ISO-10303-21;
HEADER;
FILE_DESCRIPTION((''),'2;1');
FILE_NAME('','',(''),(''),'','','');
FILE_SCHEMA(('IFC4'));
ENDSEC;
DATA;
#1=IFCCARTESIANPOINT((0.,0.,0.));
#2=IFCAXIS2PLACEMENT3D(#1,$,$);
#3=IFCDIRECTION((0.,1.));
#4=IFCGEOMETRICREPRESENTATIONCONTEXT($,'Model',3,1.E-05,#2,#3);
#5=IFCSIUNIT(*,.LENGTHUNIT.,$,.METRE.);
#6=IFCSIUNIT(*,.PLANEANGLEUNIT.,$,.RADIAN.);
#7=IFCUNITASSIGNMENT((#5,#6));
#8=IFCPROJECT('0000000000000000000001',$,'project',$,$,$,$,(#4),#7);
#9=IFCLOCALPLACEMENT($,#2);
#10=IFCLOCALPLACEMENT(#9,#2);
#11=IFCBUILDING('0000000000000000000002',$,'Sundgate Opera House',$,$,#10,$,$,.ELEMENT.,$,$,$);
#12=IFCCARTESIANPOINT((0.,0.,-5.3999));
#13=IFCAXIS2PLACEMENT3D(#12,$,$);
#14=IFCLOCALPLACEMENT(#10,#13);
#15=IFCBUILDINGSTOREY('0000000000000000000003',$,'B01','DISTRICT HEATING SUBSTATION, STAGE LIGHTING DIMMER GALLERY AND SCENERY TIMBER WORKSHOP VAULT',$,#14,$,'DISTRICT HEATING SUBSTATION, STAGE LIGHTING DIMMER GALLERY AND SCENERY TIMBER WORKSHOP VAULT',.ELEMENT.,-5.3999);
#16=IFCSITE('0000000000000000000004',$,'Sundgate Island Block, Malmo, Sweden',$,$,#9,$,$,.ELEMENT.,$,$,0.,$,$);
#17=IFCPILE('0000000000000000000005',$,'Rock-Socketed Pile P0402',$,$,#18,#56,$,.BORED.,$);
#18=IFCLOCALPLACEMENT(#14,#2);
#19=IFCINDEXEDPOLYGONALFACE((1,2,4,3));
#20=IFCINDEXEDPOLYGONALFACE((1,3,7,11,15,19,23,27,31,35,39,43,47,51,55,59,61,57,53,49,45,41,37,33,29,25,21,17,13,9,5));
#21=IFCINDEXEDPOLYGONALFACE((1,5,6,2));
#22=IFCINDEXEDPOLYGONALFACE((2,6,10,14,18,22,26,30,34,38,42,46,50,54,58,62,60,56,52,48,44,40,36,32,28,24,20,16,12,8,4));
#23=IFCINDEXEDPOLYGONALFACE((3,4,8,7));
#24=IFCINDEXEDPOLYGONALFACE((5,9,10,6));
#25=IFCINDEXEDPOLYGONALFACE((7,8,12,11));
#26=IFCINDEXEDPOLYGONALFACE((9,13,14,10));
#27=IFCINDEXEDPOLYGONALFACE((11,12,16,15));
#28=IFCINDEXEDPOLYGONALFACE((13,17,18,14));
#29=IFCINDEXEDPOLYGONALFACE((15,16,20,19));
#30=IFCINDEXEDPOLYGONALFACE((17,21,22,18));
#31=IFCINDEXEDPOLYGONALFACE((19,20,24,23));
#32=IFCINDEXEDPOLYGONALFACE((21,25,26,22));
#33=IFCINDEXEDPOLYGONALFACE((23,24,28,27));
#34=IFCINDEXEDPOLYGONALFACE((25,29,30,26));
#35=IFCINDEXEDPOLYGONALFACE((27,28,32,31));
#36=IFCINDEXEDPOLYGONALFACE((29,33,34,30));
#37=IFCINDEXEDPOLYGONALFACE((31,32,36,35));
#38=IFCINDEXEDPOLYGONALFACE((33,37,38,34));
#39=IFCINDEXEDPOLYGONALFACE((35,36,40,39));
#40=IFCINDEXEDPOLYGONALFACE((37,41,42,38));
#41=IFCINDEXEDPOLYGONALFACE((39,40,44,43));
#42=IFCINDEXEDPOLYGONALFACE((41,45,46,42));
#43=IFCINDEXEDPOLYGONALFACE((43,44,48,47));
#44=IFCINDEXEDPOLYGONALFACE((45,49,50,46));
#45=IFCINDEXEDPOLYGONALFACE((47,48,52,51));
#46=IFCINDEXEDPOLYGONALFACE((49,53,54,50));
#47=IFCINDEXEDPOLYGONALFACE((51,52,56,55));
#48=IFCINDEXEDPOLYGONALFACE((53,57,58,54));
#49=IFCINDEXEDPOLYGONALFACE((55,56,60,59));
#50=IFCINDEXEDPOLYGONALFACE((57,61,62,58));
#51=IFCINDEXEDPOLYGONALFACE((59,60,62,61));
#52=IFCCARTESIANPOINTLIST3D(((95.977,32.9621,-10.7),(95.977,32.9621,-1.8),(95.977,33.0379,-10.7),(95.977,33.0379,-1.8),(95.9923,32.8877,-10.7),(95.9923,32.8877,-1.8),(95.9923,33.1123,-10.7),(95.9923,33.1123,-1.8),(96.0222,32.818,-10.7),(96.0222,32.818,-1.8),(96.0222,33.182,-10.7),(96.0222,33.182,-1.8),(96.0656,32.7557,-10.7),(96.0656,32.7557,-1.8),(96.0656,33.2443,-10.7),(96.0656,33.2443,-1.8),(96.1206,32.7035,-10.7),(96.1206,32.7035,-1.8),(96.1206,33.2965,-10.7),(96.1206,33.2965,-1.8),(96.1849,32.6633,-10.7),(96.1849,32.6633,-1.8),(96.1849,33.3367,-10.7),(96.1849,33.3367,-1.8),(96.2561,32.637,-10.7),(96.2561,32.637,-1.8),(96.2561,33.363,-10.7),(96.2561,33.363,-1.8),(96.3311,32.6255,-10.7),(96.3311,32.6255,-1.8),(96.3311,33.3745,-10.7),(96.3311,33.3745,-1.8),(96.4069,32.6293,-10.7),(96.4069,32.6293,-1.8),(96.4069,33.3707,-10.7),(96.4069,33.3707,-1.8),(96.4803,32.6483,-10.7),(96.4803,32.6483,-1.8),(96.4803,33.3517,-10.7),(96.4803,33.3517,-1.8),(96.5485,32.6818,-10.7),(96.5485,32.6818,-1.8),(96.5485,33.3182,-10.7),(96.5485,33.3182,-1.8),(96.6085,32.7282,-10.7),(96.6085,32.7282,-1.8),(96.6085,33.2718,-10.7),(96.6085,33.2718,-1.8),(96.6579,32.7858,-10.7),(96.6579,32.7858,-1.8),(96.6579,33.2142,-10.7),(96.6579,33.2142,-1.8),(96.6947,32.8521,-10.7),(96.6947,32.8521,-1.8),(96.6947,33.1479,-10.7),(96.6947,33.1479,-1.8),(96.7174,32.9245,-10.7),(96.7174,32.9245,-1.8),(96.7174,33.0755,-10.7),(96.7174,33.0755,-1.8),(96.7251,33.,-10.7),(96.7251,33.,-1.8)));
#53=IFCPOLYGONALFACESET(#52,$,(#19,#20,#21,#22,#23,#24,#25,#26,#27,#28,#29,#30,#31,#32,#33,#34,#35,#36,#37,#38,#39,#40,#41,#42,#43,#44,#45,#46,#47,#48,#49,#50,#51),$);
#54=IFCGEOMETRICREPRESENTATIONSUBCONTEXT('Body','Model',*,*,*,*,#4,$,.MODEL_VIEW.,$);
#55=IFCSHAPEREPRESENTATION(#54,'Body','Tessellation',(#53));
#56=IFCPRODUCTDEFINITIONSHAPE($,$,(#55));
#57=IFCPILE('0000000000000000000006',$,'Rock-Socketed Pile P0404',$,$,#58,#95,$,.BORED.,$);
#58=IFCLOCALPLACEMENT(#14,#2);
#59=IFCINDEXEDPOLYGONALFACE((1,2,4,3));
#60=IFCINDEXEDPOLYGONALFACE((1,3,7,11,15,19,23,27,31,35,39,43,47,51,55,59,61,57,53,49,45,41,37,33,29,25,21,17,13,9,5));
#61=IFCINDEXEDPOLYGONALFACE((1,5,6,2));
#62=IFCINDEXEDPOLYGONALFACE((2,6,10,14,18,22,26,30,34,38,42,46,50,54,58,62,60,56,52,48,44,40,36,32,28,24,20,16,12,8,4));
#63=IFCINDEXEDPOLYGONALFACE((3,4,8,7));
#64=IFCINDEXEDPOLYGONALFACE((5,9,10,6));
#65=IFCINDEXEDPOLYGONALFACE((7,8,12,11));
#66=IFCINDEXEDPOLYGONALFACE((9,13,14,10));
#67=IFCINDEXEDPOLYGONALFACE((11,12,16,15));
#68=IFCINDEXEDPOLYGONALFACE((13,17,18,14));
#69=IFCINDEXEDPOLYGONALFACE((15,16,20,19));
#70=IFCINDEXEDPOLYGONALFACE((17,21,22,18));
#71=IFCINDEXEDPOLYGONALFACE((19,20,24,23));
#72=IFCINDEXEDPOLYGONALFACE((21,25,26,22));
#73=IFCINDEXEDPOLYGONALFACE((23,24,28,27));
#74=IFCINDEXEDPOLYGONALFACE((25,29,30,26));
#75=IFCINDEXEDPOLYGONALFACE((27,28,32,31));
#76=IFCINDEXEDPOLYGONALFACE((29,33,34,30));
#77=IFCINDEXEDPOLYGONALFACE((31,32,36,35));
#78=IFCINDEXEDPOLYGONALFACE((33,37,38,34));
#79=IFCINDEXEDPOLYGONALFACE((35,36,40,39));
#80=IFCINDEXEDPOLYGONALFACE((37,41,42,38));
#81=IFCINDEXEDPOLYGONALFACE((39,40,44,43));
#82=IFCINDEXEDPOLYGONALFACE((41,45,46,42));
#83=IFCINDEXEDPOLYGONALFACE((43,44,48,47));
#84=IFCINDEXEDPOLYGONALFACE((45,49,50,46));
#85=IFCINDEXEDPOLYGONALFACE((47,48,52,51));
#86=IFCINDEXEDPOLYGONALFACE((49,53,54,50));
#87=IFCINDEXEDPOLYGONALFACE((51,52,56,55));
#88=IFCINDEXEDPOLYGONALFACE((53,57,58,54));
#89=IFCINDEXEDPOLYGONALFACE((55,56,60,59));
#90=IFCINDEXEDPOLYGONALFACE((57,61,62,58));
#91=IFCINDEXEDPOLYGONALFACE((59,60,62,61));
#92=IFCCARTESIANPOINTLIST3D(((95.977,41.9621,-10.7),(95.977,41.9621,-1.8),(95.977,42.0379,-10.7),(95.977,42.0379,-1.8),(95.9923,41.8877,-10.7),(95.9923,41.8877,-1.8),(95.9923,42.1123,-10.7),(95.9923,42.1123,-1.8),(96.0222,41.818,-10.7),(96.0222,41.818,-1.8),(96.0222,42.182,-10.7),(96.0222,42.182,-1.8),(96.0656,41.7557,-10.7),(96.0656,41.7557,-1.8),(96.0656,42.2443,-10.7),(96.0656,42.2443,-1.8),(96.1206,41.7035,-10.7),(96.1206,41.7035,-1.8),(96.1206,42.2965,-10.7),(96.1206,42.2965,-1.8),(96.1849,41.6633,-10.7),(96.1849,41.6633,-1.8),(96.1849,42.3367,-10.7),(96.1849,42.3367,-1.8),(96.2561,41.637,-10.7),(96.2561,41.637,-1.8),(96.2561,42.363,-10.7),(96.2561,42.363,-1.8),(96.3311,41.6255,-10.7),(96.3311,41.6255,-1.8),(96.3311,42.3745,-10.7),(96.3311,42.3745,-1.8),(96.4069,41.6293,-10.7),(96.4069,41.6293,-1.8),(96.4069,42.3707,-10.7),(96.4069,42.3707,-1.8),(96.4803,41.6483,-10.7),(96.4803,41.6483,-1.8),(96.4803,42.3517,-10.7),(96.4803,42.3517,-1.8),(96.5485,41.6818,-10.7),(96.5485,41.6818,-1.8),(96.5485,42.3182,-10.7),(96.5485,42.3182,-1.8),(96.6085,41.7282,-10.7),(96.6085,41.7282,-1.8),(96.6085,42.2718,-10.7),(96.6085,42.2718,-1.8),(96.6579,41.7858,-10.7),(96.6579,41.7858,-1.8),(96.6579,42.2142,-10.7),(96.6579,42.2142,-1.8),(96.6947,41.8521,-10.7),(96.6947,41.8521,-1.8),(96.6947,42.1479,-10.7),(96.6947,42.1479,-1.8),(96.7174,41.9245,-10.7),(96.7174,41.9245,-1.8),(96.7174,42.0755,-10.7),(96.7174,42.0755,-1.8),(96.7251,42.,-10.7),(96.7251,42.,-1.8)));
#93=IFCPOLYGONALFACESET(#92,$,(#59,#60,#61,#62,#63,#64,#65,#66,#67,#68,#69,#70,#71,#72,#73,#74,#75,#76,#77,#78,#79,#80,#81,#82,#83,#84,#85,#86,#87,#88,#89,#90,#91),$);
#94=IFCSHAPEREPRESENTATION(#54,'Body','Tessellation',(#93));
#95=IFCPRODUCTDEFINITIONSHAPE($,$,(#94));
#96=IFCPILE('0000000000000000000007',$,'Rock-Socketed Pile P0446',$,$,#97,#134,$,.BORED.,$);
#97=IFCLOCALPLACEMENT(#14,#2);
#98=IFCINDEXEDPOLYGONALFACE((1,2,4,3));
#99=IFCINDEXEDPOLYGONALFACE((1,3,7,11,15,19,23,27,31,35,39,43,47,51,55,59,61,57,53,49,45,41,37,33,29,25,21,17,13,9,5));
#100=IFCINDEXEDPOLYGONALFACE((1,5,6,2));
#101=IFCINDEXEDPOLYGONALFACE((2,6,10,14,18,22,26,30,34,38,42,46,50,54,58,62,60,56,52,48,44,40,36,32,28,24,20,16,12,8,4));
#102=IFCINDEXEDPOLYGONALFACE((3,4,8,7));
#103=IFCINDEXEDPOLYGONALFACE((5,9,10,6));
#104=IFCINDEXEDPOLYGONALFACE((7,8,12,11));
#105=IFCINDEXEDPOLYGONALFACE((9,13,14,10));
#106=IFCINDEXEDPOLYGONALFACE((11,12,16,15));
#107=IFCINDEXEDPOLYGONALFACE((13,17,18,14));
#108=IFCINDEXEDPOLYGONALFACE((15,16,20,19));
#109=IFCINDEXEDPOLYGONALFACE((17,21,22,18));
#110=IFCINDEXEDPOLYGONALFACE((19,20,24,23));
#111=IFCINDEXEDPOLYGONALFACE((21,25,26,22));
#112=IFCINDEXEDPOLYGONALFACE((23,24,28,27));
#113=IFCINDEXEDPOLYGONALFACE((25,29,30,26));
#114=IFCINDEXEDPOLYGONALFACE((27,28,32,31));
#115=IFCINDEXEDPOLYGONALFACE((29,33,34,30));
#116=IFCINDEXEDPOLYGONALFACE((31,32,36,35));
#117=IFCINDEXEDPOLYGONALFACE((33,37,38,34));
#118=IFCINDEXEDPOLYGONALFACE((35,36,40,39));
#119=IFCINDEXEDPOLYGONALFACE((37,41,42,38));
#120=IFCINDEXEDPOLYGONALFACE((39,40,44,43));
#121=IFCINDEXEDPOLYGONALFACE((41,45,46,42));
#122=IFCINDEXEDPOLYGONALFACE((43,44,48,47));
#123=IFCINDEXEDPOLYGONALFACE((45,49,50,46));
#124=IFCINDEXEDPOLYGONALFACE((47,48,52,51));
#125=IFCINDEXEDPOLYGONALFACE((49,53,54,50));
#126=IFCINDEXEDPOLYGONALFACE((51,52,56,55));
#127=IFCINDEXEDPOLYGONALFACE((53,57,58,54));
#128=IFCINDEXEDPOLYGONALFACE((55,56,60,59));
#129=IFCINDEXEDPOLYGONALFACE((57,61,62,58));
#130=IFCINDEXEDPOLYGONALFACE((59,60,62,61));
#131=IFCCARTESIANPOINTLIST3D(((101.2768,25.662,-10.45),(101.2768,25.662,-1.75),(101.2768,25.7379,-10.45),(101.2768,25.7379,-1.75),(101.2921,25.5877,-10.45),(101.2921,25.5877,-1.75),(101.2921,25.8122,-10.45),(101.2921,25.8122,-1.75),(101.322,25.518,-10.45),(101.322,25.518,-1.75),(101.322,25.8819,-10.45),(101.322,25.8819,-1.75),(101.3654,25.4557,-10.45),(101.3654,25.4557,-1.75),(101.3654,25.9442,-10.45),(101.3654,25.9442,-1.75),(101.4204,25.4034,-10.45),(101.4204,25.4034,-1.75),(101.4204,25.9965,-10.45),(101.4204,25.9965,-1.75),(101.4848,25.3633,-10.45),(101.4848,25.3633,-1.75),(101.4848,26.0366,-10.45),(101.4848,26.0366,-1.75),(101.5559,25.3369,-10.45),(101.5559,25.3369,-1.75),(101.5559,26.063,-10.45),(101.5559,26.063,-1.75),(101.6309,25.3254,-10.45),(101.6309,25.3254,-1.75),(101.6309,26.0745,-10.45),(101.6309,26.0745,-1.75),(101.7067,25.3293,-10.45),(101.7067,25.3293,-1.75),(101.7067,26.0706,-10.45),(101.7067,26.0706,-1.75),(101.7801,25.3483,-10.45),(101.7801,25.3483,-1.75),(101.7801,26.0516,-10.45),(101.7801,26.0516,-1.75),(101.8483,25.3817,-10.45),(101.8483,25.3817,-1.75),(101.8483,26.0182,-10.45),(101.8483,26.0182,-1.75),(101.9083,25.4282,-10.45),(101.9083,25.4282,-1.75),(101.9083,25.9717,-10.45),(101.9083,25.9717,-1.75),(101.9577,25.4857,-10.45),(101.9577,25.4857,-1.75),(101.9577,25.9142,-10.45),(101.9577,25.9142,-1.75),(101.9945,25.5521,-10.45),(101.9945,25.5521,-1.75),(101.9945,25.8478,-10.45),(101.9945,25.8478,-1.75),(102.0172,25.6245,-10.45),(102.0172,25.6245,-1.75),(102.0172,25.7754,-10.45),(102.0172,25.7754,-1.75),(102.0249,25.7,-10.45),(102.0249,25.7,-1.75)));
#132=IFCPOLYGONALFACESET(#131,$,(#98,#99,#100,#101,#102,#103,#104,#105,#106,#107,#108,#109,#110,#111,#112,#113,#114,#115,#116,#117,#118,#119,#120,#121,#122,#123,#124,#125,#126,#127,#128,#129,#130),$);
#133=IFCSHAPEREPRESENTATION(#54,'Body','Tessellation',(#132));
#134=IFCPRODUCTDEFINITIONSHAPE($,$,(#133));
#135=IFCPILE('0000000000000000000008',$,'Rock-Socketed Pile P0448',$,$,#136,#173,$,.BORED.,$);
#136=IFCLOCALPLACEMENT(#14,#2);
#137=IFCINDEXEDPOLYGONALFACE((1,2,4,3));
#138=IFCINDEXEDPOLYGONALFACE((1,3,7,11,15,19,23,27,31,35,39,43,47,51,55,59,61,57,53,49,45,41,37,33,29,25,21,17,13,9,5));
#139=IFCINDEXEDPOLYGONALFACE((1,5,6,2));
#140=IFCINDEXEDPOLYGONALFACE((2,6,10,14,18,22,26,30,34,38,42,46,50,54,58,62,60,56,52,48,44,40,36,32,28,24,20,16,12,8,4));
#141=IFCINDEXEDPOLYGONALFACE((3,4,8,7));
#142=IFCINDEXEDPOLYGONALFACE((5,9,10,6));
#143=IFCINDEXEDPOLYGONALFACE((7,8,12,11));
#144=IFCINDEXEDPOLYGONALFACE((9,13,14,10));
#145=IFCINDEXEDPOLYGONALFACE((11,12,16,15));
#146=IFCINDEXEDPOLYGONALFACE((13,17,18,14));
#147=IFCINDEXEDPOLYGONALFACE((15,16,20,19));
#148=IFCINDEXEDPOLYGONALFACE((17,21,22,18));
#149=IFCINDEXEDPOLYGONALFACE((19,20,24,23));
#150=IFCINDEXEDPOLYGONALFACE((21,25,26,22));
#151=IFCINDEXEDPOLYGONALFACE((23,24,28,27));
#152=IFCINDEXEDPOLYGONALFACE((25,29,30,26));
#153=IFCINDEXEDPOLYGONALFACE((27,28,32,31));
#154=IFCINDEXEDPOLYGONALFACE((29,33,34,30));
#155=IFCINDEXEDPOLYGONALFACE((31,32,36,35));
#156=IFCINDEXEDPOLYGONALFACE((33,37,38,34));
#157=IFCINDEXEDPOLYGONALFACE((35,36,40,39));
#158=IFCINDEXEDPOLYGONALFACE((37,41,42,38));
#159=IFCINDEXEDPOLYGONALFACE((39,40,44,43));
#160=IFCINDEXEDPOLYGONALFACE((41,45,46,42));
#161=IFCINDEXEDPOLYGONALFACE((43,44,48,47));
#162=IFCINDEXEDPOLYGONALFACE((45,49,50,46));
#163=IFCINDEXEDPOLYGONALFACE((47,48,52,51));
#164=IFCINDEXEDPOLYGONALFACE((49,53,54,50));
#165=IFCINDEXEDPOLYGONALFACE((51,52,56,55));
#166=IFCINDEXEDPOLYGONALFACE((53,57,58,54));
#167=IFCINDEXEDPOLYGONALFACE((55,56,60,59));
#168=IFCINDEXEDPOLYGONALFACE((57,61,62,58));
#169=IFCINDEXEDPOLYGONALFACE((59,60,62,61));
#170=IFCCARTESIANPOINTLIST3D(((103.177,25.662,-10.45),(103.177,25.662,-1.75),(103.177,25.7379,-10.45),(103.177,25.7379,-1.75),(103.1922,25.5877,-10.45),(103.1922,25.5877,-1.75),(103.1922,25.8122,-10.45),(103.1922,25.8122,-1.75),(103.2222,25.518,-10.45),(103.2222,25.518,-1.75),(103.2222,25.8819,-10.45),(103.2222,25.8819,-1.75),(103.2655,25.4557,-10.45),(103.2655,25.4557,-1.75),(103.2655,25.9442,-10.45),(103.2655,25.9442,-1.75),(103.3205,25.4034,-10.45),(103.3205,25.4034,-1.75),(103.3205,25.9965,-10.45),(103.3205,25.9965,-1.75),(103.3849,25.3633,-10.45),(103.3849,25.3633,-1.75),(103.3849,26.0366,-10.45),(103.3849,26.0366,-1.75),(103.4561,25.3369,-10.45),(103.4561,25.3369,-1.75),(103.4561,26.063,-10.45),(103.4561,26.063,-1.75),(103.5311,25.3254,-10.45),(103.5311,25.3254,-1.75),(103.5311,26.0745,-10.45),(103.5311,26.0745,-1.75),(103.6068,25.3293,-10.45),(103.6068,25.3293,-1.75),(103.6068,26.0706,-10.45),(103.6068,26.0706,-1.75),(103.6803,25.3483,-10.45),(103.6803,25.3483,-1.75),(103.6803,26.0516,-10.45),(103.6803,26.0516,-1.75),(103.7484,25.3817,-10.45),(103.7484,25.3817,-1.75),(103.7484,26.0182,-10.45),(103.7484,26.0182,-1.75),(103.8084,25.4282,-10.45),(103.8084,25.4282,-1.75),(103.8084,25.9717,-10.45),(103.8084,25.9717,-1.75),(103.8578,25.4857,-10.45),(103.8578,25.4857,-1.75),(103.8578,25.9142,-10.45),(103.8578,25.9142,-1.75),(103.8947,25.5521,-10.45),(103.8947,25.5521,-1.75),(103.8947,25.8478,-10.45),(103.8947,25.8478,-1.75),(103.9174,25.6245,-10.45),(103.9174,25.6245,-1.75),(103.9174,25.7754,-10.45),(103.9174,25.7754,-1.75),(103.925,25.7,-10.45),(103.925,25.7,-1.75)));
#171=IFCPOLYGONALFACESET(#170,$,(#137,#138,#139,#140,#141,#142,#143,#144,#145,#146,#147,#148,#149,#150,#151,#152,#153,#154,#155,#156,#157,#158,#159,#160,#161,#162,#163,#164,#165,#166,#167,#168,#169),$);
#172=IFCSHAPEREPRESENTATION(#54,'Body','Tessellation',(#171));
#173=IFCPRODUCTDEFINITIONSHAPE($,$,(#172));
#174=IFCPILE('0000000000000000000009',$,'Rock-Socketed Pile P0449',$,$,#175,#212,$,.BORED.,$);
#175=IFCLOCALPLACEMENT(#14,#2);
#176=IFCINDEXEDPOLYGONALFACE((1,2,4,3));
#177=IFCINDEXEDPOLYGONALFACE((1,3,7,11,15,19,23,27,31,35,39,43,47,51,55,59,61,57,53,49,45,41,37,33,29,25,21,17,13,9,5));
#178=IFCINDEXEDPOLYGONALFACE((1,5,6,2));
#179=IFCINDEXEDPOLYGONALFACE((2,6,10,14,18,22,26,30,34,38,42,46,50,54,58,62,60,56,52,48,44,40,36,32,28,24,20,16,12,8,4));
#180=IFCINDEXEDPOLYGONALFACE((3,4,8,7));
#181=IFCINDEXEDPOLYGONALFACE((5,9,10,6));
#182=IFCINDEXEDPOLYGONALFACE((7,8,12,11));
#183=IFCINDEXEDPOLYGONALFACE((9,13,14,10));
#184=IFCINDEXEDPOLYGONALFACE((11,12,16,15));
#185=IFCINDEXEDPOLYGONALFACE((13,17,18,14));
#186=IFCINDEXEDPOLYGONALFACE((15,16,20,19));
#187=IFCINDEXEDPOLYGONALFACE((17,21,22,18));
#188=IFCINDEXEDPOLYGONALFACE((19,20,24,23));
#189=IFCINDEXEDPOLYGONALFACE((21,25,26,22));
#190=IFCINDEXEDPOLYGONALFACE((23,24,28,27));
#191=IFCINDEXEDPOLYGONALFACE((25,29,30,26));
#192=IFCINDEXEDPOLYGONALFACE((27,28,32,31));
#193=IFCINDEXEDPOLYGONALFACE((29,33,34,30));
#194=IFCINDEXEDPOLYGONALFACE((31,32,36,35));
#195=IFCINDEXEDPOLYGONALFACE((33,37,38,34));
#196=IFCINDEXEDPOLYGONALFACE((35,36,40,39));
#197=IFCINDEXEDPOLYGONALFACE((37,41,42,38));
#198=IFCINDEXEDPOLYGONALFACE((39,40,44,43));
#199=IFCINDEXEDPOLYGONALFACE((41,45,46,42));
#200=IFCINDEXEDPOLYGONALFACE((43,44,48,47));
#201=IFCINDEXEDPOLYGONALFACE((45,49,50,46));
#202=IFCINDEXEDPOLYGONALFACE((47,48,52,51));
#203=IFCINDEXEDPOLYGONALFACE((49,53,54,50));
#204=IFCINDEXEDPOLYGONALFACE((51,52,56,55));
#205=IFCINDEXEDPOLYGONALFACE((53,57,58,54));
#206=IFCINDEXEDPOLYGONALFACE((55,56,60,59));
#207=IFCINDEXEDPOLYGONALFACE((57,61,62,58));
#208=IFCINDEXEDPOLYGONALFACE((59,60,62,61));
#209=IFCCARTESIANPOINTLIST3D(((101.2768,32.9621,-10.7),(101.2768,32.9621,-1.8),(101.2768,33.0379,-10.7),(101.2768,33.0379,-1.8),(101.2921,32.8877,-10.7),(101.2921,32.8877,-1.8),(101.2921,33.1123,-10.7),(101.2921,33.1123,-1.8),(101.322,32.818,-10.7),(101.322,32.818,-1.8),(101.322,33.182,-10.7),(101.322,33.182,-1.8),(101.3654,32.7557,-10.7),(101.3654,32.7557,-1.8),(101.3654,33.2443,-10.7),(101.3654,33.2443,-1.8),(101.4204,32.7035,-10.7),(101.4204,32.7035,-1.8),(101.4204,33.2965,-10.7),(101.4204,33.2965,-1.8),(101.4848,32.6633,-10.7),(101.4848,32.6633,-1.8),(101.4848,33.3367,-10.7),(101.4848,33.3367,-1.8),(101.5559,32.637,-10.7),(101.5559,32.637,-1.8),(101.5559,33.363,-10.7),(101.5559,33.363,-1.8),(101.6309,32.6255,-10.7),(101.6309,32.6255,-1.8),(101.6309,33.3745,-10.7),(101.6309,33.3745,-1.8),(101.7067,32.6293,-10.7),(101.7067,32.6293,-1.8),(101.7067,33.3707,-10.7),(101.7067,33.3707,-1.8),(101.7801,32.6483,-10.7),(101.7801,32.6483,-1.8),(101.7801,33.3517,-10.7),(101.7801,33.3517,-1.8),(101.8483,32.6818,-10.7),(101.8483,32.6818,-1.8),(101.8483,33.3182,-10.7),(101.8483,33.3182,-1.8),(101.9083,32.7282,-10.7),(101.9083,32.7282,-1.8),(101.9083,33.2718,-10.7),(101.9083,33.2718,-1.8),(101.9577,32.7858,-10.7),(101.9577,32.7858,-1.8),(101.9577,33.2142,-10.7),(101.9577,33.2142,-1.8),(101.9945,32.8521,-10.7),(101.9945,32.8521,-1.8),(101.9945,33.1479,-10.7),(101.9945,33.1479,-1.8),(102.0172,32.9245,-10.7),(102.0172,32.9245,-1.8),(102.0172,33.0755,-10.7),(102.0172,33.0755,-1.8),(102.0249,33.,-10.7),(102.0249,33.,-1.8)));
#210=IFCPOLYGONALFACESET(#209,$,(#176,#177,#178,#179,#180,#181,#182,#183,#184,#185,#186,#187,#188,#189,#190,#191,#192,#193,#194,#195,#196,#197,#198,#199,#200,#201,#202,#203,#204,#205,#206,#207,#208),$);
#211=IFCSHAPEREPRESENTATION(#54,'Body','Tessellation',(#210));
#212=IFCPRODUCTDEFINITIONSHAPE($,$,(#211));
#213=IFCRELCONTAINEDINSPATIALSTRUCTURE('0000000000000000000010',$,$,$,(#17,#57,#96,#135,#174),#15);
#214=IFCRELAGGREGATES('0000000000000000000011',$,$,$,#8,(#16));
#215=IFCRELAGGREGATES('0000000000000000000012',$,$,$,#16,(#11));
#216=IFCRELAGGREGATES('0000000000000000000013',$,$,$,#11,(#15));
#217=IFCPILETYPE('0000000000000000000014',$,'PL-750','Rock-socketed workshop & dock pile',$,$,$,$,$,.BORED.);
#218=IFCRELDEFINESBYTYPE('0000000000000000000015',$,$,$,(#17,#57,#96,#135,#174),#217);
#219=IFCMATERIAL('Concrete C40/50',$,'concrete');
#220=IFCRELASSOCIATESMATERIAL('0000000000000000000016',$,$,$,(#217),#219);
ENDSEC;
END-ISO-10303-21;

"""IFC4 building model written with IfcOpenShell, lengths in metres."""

from ifc_helpers import new_model, si_unit, direction, frame, origin, origin_2d, place, context, subcontext, project, spatial, circle, extrude, material, material_profile, profile_set, type_object, element, save


model = new_model("IFC4")

# Units and contexts
model_context = context("Model", 3, precision=1e-05, world=origin(), true_north=direction((0.0, 1.0)))
body_context = subcontext(model_context, "Body", "Model", "MODEL_VIEW")
ifc_project = project(units=[si_unit("LENGTHUNIT", "METRE"), si_unit("PLANEANGLEUNIT", "RADIAN")], contexts=[model_context])

# Site, building, storey
site_placement = place(None, origin())
site = spatial("IfcSite", under=ifc_project, at=site_placement, Name="Sundgate Island Block, Malmo, Sweden", CompositionType="ELEMENT", RefElevation=0.0)
building_placement = place(site_placement, origin())
building = spatial("IfcBuilding", under=site, at=building_placement, Name="Sundgate Opera House", CompositionType="ELEMENT")
storey_placement = place(building_placement, frame((0.0, 0.0, -5.3999)))
storey = spatial("IfcBuildingStorey", under=building, at=storey_placement, Name="B01", Description="DISTRICT HEATING SUBSTATION, STAGE LIGHTING DIMMER GALLERY AND SCENERY TIMBER WORKSHOP VAULT", LongName="DISTRICT HEATING SUBSTATION, STAGE LIGHTING DIMMER GALLERY AND SCENERY TIMBER WORKSHOP VAULT", CompositionType="ELEMENT", Elevation=-5.3999)

# Piles
ifc_material_1 = material(Name="Concrete C40/50", Category="concrete")
ifc_material_profile_1 = material_profile(ifc_material_1, circle(Radius=0.375, at=origin_2d()), Name="PILE D750")
ifc_profile_set_1 = profile_set([ifc_material_profile_1], Name="Concrete C40/50")
pile_type = type_object("IfcPileType", Name="PL-750", Description="Rock-socketed workshop & dock pile", PredefinedType="BORED", material=ifc_profile_set_1)
for number, where, z_axis, x_axis, name in (
    (1, (96.3501, 33.0, -1.8), (0.0, 0.0, -1.0), (1.0, 0.0, 0.0), "Rock-Socketed Pile P0402"),
    (2, (96.3501, 42.0, -1.8), (0.0, 0.0, -1.0), (1.0, 0.0, 0.0), "Rock-Socketed Pile P0404"),
):
    element("IfcPile", number, at=place(storey_placement, frame(where, z_axis=z_axis, x_axis=x_axis)), inside=storey, type_object=pile_type, Name=name, PredefinedType="BORED", context=body_context, shape_type="SweptSolid", body=[
        extrude(circle(Radius=0.375, at=origin_2d()), origin(), (0.0, 0.0, 1.0), 8.8999),
    ])
for number, where, z_axis, x_axis, name in (
    (3, (101.6499, 25.7, -1.75), (0.0, 0.0, -1.0), (1.0, 0.0, 0.0), "Rock-Socketed Pile P0446"),
    (4, (103.55, 25.7, -1.75), (0.0, 0.0, -1.0), (1.0, 0.0, 0.0), "Rock-Socketed Pile P0448"),
):
    element("IfcPile", number, at=place(storey_placement, frame(where, z_axis=z_axis, x_axis=x_axis)), inside=storey, type_object=pile_type, Name=name, PredefinedType="BORED", context=body_context, shape_type="SweptSolid", body=[
        extrude(circle(Radius=0.375, at=origin_2d()), origin(), (0.0, 0.0, 1.0), 8.7),
    ])
for number, where, z_axis, x_axis, name in (
    (5, (101.6499, 33.0, -1.8), (0.0, 0.0, -1.0), (1.0, 0.0, 0.0), "Rock-Socketed Pile P0449"),
):
    element("IfcPile", number, at=place(storey_placement, frame(where, z_axis=z_axis, x_axis=x_axis)), inside=storey, type_object=pile_type, Name=name, PredefinedType="BORED", context=body_context, shape_type="SweptSolid", body=[
        extrude(circle(Radius=0.375, at=origin_2d()), origin(), (0.0, 0.0, 1.0), 8.8999),
    ])

save(model, "model.ifc")
